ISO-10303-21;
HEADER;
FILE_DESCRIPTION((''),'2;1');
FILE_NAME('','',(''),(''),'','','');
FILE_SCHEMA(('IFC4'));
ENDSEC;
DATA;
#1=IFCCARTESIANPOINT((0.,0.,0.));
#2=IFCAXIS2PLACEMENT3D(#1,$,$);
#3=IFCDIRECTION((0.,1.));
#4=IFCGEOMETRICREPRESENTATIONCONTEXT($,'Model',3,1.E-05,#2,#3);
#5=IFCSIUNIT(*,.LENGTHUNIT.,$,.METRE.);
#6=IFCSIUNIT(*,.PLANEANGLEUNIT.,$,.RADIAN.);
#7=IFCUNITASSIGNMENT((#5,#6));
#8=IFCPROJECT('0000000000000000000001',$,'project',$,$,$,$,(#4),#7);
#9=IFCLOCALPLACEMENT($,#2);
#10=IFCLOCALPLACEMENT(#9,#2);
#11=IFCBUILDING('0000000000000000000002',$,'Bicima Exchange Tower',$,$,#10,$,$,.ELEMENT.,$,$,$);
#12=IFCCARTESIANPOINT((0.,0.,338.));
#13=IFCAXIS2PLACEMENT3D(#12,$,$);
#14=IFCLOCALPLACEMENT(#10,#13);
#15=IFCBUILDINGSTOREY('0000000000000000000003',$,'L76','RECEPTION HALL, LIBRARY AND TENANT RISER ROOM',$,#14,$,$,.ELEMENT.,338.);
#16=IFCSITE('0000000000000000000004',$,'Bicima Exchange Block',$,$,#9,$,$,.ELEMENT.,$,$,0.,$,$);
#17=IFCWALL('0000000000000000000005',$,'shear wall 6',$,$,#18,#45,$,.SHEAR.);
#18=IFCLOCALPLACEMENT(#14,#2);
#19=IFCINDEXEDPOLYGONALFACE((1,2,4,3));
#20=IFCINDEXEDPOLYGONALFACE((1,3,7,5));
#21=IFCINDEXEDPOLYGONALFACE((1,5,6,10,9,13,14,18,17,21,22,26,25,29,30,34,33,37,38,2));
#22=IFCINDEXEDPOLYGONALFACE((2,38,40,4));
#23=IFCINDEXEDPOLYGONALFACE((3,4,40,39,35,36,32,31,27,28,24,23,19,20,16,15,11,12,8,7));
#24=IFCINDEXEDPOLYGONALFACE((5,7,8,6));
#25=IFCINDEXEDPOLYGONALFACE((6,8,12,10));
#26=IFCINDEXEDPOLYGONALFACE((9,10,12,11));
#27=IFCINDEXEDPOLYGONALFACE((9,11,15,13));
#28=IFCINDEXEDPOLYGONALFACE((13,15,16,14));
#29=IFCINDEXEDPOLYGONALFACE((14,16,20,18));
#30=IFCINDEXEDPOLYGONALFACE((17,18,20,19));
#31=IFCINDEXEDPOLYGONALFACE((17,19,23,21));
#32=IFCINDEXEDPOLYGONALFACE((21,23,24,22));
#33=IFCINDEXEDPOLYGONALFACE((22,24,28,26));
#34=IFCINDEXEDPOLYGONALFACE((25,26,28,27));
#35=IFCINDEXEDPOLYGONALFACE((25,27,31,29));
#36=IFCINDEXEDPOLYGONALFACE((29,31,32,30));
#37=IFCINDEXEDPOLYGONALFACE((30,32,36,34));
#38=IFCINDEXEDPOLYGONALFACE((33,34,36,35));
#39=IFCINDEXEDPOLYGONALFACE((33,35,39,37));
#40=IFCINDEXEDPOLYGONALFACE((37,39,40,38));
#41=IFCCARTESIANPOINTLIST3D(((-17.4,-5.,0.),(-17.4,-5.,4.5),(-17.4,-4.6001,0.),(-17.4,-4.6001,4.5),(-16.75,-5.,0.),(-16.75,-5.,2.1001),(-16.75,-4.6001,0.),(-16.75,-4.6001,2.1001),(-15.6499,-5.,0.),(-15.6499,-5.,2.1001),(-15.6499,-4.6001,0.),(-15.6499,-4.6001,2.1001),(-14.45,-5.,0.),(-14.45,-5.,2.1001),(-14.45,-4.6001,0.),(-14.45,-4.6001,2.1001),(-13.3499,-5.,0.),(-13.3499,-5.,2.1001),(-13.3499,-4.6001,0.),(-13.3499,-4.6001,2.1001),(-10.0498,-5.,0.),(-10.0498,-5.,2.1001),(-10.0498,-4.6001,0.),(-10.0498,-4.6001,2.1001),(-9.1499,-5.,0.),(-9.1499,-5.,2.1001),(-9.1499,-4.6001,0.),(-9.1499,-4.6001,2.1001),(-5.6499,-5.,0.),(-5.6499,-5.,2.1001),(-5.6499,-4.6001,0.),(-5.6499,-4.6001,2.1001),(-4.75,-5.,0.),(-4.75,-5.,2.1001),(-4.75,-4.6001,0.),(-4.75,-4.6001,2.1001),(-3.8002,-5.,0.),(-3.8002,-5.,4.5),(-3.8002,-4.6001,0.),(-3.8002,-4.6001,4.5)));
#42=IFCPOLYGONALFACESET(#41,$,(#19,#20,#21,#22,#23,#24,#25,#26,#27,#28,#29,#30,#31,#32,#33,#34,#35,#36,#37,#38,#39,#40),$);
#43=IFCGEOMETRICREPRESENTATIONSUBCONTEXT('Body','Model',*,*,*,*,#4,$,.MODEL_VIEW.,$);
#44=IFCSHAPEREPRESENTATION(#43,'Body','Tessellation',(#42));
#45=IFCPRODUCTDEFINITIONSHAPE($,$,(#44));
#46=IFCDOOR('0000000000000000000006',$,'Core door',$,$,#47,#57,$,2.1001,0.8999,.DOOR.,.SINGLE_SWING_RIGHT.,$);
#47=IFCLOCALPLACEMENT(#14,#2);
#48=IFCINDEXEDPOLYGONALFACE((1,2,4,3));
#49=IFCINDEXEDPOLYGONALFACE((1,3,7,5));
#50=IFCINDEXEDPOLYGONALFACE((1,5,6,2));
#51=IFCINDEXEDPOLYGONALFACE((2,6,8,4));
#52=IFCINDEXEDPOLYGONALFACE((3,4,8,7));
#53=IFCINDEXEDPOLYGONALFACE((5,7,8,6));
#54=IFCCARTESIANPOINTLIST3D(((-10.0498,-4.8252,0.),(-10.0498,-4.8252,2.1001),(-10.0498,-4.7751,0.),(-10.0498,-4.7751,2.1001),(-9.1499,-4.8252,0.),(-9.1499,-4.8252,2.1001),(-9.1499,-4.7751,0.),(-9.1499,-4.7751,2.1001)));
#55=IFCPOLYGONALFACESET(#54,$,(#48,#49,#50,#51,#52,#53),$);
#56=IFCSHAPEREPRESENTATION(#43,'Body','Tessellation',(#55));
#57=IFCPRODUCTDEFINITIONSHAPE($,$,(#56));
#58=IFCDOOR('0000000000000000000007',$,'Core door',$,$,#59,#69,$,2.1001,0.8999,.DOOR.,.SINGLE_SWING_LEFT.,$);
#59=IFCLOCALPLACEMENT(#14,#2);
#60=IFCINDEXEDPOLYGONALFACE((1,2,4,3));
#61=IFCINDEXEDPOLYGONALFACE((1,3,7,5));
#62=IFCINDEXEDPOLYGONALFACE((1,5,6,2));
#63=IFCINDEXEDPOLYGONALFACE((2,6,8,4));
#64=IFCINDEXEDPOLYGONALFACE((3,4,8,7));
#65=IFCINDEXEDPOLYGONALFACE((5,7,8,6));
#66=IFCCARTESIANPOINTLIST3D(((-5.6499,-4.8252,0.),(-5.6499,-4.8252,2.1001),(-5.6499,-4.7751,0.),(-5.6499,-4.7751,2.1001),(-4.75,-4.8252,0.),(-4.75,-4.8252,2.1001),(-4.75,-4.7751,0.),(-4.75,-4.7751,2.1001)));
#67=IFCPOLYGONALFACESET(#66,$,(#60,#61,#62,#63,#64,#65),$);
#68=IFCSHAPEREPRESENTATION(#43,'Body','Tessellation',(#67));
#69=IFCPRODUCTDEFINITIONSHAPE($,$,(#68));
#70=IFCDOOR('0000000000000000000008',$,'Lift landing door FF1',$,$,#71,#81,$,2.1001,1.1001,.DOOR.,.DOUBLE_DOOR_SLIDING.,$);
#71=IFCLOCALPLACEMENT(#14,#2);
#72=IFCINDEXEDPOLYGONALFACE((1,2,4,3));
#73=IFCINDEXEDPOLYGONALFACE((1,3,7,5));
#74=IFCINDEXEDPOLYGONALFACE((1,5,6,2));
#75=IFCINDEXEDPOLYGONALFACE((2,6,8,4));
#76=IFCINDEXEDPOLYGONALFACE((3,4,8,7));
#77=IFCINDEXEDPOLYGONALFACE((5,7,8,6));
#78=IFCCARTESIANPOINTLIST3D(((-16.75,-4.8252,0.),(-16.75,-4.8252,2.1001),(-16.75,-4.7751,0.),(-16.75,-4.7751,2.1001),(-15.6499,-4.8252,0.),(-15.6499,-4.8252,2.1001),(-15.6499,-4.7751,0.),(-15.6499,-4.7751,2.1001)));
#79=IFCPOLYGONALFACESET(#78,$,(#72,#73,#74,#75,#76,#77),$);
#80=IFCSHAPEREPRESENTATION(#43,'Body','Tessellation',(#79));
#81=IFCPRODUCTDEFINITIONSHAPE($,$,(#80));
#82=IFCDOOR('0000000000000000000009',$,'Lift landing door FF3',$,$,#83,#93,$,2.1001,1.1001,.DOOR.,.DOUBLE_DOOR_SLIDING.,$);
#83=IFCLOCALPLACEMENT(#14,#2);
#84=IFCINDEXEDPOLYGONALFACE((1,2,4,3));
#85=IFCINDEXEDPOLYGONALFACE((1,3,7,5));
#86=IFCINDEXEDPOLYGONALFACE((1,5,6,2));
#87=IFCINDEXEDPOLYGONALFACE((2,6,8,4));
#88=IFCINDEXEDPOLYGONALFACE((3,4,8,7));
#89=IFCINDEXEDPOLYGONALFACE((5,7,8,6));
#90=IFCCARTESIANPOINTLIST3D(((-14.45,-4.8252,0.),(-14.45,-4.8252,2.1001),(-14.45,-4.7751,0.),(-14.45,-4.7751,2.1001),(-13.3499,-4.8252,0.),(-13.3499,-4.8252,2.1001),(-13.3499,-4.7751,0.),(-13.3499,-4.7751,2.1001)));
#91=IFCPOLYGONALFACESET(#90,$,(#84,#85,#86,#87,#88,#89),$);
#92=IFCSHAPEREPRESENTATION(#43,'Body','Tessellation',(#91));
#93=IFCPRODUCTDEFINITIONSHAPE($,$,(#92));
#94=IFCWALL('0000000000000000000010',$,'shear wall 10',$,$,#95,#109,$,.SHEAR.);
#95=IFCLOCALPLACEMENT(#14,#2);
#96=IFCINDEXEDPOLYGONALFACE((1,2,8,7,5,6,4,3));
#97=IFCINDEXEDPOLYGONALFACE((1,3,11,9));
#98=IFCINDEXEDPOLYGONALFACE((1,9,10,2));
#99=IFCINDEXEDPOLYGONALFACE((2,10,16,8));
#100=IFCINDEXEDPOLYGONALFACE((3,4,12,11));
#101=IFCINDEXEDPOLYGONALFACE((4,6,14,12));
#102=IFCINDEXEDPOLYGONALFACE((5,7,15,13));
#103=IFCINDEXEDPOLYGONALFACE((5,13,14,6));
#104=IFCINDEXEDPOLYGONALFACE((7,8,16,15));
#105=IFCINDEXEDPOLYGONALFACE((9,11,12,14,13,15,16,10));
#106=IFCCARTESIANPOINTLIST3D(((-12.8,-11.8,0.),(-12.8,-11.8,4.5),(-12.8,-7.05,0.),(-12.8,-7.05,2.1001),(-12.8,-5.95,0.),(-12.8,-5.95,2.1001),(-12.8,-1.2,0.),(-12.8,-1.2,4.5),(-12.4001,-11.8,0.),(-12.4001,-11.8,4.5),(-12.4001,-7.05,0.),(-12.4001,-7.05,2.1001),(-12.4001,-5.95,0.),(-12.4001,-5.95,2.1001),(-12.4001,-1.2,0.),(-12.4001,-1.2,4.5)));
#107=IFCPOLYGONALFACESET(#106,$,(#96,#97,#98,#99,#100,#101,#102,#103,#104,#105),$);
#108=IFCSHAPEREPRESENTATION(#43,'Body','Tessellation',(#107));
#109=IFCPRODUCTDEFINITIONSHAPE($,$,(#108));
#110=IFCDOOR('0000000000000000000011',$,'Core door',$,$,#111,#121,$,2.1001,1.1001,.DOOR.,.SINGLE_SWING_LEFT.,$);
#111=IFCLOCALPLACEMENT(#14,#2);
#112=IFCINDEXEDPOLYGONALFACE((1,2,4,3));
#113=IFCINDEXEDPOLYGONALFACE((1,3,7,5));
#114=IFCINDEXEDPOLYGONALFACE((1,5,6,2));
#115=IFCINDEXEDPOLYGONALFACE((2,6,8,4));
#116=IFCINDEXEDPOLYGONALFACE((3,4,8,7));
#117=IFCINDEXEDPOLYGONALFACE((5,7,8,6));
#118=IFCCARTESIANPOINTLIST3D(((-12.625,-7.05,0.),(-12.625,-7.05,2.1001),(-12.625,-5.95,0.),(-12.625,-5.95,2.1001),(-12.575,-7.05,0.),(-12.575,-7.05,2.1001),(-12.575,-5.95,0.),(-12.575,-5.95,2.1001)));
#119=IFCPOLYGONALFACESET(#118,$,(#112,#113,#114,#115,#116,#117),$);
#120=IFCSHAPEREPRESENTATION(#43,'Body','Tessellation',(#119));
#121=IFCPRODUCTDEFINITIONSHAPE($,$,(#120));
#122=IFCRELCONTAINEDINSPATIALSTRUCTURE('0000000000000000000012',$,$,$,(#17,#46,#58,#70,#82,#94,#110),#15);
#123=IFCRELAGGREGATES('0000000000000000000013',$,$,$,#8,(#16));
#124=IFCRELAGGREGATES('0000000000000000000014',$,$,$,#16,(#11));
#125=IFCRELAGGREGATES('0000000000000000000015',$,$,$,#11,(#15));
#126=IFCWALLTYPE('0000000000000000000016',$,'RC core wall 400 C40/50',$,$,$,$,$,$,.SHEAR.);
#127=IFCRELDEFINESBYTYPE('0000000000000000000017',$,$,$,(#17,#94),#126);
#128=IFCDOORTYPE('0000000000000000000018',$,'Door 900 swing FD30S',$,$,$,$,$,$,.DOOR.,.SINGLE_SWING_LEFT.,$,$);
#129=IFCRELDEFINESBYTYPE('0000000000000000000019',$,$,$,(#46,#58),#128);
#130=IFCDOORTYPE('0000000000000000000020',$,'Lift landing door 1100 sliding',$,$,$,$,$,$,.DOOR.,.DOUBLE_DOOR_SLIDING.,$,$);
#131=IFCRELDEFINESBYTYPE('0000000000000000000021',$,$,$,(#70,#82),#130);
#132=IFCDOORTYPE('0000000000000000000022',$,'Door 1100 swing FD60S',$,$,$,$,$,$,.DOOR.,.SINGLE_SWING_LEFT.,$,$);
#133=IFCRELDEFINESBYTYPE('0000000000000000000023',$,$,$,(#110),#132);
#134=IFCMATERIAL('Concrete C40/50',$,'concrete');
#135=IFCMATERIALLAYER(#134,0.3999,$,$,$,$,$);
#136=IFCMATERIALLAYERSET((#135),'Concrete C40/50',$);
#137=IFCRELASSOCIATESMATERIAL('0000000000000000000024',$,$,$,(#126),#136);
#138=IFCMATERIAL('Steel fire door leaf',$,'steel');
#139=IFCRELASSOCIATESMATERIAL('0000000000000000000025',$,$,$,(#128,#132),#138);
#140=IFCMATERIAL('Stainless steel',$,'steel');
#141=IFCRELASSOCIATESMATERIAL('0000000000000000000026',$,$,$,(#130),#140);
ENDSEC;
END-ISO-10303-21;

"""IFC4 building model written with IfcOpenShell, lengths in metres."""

from ifc_helpers import new_model, si_unit, direction, frame, frame_2d, origin, place, context, subcontext, project, spatial, rectangle, extrude, material, layer, layer_set, type_object, element, fill, save


model = new_model("IFC4")

# Units and contexts
model_context = context("Model", 3, precision=1e-05, world=origin(), true_north=direction((0.0, 1.0)))
body_context = subcontext(model_context, "Body", "Model", "MODEL_VIEW")
ifc_project = project(units=[si_unit("LENGTHUNIT", "METRE"), si_unit("PLANEANGLEUNIT", "RADIAN")], contexts=[model_context])

# Site, building, storey
site_placement = place(None, origin())
site = spatial("IfcSite", under=ifc_project, at=site_placement, Name="Bicima Exchange Block", CompositionType="ELEMENT", RefElevation=0.0)
building_placement = place(site_placement, origin())
building = spatial("IfcBuilding", under=site, at=building_placement, Name="Bicima Exchange Tower", CompositionType="ELEMENT")
storey_placement = place(building_placement, frame((0.0, 0.0, 338.0)))
storey = spatial("IfcBuildingStorey", under=building, at=storey_placement, Name="L76", Description="RECEPTION HALL, LIBRARY AND TENANT RISER ROOM", CompositionType="ELEMENT", Elevation=338.0)

# Shared definitions
ifc_material_1 = material(Name="Concrete C40/50", Category="concrete")
ifc_layer_1 = layer(ifc_material_1, 0.3999)
ifc_layer_set_1 = layer_set([ifc_layer_1], Name="Concrete C40/50")
wall_type_1 = type_object("IfcWallType", Name="RC core wall 400 C40/50", PredefinedType="SHEAR", material=ifc_layer_set_1)

# Wall, openings, doors
wall_1_placement = place(storey_placement, frame((-17.3999, -4.8, 0.0), z_axis=(0.0, 0.0, 1.0), x_axis=(1.0, 0.0, 0.0)))
wall_1 = element("IfcWall", 1, at=wall_1_placement, inside=storey, type_object=wall_type_1, Name="shear wall 6", PredefinedType="SHEAR", context=body_context, shape_type="SweptSolid", body=[
    extrude(rectangle(XDim=13.5999, YDim=0.3999, at=frame_2d((6.7998, 0.0))), origin(), (0.0, 0.0, 1.0), 4.5),
])
opening_1_placement = place(wall_1_placement, frame((0.6499, 0.0, 0.0)))
opening_1 = element("IfcOpeningElement", 2, at=opening_1_placement, cuts=wall_1, PredefinedType="OPENING", context=body_context, shape_type="SweptSolid", body=[
    extrude(rectangle(XDim=1.1001, YDim=2.1001, at=frame_2d((0.55, 1.05))), frame((0.0, 0.2119, 0.0), z_axis=(0.0, -1.0, 0.0), x_axis=(1.0, 0.0, 0.0)), (0.0, 0.0, 1.0), 0.4238),
])
opening_2_placement = place(wall_1_placement, frame((2.95, 0.0, 0.0)))
opening_2 = element("IfcOpeningElement", 3, at=opening_2_placement, cuts=wall_1, PredefinedType="OPENING", context=body_context, shape_type="SweptSolid", body=[
    extrude(rectangle(XDim=1.1001, YDim=2.1001, at=frame_2d((0.55, 1.05))), frame((0.0, 0.2119, 0.0), z_axis=(0.0, -1.0, 0.0), x_axis=(1.0, 0.0, 0.0)), (0.0, 0.0, 1.0), 0.4238),
])
opening_3_placement = place(wall_1_placement, frame((7.3501, 0.0, 0.0)))
opening_3 = element("IfcOpeningElement", 4, at=opening_3_placement, cuts=wall_1, PredefinedType="OPENING", context=body_context, shape_type="SweptSolid", body=[
    extrude(rectangle(XDim=0.8999, YDim=2.1001, at=frame_2d((0.45, 1.05))), frame((0.0, 0.2119, 0.0), z_axis=(0.0, -1.0, 0.0), x_axis=(1.0, 0.0, 0.0)), (0.0, 0.0, 1.0), 0.4238),
])
opening_4_placement = place(wall_1_placement, frame((11.75, 0.0, 0.0)))
opening_4 = element("IfcOpeningElement", 5, at=opening_4_placement, cuts=wall_1, PredefinedType="OPENING", context=body_context, shape_type="SweptSolid", body=[
    extrude(rectangle(XDim=0.8999, YDim=2.1001, at=frame_2d((0.45, 1.05))), frame((0.0, 0.2119, 0.0), z_axis=(0.0, -1.0, 0.0), x_axis=(1.0, 0.0, 0.0)), (0.0, 0.0, 1.0), 0.4238),
])
ifc_material_2 = material(Name="Steel fire door leaf", Category="steel")
door_type_1 = type_object("IfcDoorType", Name="Door 900 swing FD30S", OperationType="SINGLE_SWING_LEFT", PredefinedType="DOOR", material=ifc_material_2)
door_1_placement = place(opening_3_placement, origin())
door_1 = element("IfcDoor", 6, at=door_1_placement, inside=storey, type_object=door_type_1, Name="Core door", OperationType="SINGLE_SWING_RIGHT", OverallHeight=2.1001, OverallWidth=0.8999, PredefinedType="DOOR", context=body_context, shape_type="SweptSolid", body=[
    extrude(rectangle(XDim=0.8999, YDim=2.1001, at=frame_2d((0.45, 1.05))), frame((0.0, 0.0249, 0.0), z_axis=(0.0, -1.0, 0.0), x_axis=(1.0, 0.0, 0.0)), (0.0, 0.0, 1.0), 0.05),
])
fill(opening_3, door_1)
door_2_placement = place(opening_4_placement, origin())
door_2 = element("IfcDoor", 7, at=door_2_placement, inside=storey, type_object=door_type_1, Name="Core door", OperationType="SINGLE_SWING_LEFT", OverallHeight=2.1001, OverallWidth=0.8999, PredefinedType="DOOR", context=body_context, shape_type="SweptSolid", body=[
    extrude(rectangle(XDim=0.8999, YDim=2.1001, at=frame_2d((0.45, 1.05))), frame((0.0, 0.0249, 0.0), z_axis=(0.0, -1.0, 0.0), x_axis=(1.0, 0.0, 0.0)), (0.0, 0.0, 1.0), 0.05),
])
fill(opening_4, door_2)
ifc_material_3 = material(Name="Stainless steel", Category="steel")
door_type_2 = type_object("IfcDoorType", Name="Lift landing door 1100 sliding", OperationType="DOUBLE_DOOR_SLIDING", PredefinedType="DOOR", material=ifc_material_3)
door_3_placement = place(opening_1_placement, origin())
door_3 = element("IfcDoor", 8, at=door_3_placement, inside=storey, type_object=door_type_2, Name="Lift landing door FF1", OperationType="DOUBLE_DOOR_SLIDING", OverallHeight=2.1001, OverallWidth=1.1001, PredefinedType="DOOR", context=body_context, shape_type="SweptSolid", body=[
    extrude(rectangle(XDim=1.1001, YDim=2.1001, at=frame_2d((0.55, 1.05))), frame((0.0, 0.0249, 0.0), z_axis=(0.0, -1.0, 0.0), x_axis=(1.0, 0.0, 0.0)), (0.0, 0.0, 1.0), 0.05),
])
fill(opening_1, door_3)
door_4_placement = place(opening_2_placement, origin())
door_4 = element("IfcDoor", 9, at=door_4_placement, inside=storey, type_object=door_type_2, Name="Lift landing door FF3", OperationType="DOUBLE_DOOR_SLIDING", OverallHeight=2.1001, OverallWidth=1.1001, PredefinedType="DOOR", context=body_context, shape_type="SweptSolid", body=[
    extrude(rectangle(XDim=1.1001, YDim=2.1001, at=frame_2d((0.55, 1.05))), frame((0.0, 0.0249, 0.0), z_axis=(0.0, -1.0, 0.0), x_axis=(1.0, 0.0, 0.0)), (0.0, 0.0, 1.0), 0.05),
])
fill(opening_2, door_4)

# Wall, opening, door
wall_2_placement = place(storey_placement, frame((-12.6001, -11.8, 0.0), z_axis=(0.0, 0.0, 1.0), x_axis=(0.0, 1.0, 0.0)))
wall_2 = element("IfcWall", 10, at=wall_2_placement, inside=storey, type_object=wall_type_1, Name="shear wall 10", PredefinedType="SHEAR", context=body_context, shape_type="SweptSolid", body=[
    extrude(rectangle(XDim=10.6001, YDim=0.3999, at=frame_2d((5.3, 0.0))), origin(), (0.0, 0.0, 1.0), 4.5),
])
opening_5_placement = place(wall_2_placement, frame((4.75, 0.0, 0.0)))
opening_5 = element("IfcOpeningElement", 11, at=opening_5_placement, cuts=wall_2, PredefinedType="OPENING", context=body_context, shape_type="SweptSolid", body=[
    extrude(rectangle(XDim=1.1001, YDim=2.1001, at=frame_2d((0.55, 1.05))), frame((0.0, 0.2119, 0.0), z_axis=(0.0, -1.0, 0.0), x_axis=(1.0, 0.0, 0.0)), (0.0, 0.0, 1.0), 0.4238),
])
door_type_3 = type_object("IfcDoorType", Name="Door 1100 swing FD60S", OperationType="SINGLE_SWING_LEFT", PredefinedType="DOOR", material=ifc_material_2)
door_5_placement = place(opening_5_placement, origin())
door_5 = element("IfcDoor", 12, at=door_5_placement, inside=storey, type_object=door_type_3, Name="Core door", OperationType="SINGLE_SWING_LEFT", OverallHeight=2.1001, OverallWidth=1.1001, PredefinedType="DOOR", context=body_context, shape_type="SweptSolid", body=[
    extrude(rectangle(XDim=1.1001, YDim=2.1001, at=frame_2d((0.55, 1.05))), frame((0.0, 0.0249, 0.0), z_axis=(0.0, -1.0, 0.0), x_axis=(1.0, 0.0, 0.0)), (0.0, 0.0, 1.0), 0.05),
])
fill(opening_5, door_5)

save(model, "model.ifc")
